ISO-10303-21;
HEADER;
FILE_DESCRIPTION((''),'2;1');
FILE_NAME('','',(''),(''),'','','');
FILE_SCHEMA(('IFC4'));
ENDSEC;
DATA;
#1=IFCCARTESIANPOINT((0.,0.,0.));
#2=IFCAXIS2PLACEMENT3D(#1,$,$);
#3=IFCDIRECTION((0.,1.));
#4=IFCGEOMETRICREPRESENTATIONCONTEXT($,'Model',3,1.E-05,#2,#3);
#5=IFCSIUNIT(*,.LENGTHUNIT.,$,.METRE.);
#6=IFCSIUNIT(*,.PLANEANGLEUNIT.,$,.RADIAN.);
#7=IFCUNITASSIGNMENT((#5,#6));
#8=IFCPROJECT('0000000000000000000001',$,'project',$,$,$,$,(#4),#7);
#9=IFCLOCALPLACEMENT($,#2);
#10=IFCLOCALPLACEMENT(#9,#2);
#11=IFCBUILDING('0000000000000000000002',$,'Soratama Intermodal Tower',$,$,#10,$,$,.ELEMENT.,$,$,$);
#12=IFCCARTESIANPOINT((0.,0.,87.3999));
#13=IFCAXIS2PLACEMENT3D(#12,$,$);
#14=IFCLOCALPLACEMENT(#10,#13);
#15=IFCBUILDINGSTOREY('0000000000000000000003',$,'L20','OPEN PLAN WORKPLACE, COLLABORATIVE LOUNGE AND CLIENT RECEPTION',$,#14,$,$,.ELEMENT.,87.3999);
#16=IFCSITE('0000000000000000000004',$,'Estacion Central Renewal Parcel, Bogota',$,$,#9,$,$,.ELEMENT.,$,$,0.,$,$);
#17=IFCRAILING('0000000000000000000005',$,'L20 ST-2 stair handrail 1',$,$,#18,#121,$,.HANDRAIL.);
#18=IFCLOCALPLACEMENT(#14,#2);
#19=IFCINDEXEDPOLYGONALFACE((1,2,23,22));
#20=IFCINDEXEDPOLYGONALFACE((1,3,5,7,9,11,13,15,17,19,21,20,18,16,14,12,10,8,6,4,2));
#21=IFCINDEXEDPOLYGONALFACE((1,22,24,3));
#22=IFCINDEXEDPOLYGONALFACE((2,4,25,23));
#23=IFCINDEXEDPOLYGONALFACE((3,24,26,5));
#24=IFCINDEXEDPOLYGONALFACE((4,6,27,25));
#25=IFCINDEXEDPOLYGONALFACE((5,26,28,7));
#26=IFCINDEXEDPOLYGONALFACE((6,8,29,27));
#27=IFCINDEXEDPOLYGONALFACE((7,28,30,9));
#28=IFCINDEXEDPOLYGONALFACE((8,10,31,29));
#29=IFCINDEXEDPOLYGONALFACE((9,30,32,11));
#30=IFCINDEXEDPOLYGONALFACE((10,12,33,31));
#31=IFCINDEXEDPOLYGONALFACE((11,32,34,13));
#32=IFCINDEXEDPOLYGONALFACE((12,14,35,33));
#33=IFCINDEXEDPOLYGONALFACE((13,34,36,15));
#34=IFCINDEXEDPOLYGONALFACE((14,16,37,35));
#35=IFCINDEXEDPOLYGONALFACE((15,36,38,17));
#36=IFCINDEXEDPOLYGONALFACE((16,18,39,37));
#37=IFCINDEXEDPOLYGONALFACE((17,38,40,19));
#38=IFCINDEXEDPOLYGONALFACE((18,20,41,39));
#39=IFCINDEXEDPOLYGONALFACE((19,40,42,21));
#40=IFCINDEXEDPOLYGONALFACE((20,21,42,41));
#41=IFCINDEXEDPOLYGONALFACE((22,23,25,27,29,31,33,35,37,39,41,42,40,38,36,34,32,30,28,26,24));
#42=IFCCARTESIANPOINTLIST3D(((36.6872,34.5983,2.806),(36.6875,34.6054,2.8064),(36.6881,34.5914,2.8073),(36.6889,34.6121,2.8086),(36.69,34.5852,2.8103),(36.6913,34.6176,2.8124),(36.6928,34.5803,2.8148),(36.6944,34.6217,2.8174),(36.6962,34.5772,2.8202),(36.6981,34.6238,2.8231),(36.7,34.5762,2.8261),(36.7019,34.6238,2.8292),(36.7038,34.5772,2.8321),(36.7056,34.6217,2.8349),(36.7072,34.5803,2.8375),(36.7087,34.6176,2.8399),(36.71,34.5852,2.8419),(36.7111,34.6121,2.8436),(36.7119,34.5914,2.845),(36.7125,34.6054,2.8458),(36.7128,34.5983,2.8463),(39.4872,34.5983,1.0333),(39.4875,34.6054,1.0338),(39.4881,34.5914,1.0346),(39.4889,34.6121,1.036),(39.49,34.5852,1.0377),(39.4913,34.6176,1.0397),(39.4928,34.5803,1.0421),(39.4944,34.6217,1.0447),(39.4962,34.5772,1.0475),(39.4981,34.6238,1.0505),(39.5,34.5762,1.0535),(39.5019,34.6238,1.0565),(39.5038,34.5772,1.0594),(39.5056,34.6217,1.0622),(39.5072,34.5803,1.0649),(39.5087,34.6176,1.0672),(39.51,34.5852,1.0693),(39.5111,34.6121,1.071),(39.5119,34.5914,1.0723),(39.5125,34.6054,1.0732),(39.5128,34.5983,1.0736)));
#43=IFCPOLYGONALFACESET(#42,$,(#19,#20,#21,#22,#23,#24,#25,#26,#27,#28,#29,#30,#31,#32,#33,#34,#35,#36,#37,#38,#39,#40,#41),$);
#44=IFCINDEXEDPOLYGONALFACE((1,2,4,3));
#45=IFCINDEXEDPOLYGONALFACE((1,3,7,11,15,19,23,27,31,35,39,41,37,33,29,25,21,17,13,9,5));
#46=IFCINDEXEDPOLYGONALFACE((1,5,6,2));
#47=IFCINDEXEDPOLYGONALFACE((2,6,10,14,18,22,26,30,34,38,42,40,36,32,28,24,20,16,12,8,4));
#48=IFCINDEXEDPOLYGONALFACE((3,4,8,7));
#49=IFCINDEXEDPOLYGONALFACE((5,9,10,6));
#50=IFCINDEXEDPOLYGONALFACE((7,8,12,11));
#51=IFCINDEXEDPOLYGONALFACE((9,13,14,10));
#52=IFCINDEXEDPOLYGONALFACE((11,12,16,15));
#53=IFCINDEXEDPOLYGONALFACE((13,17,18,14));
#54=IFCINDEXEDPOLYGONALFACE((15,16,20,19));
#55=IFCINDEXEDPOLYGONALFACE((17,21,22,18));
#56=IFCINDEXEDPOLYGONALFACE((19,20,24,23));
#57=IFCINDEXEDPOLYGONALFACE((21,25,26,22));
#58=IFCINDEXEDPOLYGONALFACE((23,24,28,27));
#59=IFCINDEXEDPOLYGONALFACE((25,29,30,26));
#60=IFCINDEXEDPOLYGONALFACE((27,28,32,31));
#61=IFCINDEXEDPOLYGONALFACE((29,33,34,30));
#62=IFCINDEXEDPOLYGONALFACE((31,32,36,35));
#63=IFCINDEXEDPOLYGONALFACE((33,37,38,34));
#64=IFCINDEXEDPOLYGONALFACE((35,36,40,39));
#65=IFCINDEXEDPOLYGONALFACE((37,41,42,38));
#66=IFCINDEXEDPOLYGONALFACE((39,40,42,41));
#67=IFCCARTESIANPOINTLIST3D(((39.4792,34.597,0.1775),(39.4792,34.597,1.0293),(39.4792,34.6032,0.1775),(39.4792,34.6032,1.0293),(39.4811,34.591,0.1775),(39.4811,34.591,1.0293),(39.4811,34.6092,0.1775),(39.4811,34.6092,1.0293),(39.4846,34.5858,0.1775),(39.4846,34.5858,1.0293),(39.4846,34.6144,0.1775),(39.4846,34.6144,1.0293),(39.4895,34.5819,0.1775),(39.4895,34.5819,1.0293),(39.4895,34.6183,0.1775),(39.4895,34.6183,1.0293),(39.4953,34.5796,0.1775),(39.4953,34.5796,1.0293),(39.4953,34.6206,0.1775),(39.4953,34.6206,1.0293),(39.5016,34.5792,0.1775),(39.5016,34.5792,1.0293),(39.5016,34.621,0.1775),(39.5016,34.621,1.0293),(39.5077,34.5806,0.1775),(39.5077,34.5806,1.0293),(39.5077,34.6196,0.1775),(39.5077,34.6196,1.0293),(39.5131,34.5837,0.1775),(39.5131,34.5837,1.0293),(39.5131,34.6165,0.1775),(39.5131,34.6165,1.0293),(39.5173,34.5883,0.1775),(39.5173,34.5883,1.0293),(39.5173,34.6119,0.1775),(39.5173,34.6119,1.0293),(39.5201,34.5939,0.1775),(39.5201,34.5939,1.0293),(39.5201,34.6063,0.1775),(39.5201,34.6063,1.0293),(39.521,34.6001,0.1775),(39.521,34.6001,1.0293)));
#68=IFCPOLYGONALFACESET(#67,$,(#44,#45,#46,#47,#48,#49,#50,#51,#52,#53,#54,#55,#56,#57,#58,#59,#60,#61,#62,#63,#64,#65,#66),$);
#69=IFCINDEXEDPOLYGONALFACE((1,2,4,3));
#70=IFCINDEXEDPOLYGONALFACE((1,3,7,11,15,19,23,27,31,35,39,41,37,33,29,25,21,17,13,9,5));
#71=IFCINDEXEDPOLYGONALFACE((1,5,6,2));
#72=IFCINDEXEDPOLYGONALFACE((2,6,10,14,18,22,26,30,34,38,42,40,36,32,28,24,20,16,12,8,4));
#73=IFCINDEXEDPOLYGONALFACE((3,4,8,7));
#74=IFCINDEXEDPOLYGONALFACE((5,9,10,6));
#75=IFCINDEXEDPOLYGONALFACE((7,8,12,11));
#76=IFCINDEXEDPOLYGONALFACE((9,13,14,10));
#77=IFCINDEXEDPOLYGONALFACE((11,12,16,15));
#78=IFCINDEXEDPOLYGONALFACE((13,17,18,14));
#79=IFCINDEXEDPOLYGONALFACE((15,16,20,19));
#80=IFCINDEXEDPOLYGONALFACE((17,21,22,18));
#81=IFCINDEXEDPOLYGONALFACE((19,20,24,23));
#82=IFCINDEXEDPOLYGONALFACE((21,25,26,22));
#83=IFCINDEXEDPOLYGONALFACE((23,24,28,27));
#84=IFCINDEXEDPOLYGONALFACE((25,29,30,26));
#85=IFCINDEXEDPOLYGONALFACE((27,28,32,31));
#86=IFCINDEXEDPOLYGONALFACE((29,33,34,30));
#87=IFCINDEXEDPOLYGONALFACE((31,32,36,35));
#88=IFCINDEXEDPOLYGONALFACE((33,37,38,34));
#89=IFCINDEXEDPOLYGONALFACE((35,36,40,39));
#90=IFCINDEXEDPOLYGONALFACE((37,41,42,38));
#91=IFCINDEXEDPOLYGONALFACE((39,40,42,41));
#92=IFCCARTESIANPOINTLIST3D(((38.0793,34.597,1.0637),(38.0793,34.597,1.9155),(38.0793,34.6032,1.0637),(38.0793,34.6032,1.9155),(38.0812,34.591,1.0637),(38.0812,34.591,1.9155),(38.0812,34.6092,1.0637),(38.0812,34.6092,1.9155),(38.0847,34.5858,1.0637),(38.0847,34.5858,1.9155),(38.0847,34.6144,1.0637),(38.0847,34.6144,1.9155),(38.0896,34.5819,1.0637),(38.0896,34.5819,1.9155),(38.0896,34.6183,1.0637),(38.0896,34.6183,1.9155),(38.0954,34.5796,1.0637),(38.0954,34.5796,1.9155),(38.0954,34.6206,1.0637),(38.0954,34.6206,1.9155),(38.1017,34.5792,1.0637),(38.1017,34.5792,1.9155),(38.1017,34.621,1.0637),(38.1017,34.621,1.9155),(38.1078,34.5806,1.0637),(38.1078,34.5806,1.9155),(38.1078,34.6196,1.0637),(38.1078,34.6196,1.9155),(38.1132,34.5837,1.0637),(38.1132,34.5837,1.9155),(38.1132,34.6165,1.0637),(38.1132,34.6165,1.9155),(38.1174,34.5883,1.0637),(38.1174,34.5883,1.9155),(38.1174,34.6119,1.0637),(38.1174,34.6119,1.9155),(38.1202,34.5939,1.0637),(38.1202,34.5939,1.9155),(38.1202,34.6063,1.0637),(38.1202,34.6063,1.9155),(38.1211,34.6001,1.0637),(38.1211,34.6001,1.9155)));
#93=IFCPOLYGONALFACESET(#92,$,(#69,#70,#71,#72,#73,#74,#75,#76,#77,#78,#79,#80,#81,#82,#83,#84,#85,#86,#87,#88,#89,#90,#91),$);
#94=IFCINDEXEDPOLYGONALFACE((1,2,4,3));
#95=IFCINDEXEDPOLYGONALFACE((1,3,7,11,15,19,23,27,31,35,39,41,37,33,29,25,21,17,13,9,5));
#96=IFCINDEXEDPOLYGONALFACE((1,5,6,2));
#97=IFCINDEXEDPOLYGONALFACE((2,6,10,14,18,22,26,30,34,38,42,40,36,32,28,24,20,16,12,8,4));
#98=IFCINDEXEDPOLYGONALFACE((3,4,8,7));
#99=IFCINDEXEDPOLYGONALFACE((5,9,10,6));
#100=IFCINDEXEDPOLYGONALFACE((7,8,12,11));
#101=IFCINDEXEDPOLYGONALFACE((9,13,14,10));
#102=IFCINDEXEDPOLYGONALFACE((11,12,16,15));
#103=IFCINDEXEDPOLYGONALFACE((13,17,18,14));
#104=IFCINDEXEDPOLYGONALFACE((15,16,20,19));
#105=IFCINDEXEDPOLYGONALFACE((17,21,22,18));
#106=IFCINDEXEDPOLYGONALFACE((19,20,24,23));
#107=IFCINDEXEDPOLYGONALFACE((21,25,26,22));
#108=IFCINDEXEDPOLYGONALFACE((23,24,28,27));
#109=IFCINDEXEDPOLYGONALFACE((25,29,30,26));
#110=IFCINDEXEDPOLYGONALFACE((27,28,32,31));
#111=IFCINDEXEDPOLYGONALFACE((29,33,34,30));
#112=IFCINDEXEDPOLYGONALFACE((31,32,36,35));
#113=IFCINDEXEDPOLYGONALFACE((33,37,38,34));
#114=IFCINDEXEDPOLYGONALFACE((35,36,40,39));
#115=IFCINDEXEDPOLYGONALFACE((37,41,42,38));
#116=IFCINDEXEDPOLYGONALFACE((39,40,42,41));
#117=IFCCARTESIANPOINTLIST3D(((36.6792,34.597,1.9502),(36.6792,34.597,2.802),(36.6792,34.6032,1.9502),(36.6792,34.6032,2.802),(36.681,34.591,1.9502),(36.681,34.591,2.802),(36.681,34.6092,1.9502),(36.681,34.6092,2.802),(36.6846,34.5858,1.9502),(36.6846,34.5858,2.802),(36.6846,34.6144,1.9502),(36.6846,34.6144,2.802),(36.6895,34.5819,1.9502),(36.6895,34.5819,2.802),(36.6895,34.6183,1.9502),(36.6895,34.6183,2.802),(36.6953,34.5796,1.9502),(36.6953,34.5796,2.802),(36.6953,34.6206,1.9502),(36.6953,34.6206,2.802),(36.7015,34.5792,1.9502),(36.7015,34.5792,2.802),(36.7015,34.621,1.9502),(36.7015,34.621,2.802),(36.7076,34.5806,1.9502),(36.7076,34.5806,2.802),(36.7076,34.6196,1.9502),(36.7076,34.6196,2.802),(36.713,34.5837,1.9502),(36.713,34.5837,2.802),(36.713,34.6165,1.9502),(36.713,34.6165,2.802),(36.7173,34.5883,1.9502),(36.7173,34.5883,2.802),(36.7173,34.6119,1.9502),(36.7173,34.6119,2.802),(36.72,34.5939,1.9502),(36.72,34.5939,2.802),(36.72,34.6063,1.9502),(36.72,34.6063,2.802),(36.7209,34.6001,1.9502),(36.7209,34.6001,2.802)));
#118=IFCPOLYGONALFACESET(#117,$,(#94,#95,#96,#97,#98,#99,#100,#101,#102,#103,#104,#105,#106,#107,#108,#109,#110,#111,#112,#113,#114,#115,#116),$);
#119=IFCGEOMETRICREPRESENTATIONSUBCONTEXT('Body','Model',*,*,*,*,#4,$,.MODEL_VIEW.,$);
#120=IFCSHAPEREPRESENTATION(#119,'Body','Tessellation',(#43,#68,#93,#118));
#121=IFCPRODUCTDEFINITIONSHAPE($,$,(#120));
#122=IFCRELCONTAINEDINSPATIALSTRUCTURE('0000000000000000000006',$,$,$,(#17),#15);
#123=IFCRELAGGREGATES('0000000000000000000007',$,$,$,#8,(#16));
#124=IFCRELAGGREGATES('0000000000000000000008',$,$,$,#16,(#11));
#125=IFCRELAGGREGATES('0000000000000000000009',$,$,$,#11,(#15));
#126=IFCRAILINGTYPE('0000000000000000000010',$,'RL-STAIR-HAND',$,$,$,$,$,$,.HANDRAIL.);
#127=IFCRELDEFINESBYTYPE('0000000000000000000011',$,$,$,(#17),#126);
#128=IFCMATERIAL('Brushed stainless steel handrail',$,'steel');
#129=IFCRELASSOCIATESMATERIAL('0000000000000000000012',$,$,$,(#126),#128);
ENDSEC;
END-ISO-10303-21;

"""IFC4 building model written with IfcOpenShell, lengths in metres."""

from ifc_helpers import new_model, si_unit, direction, frame, origin, origin_2d, place, context, subcontext, project, spatial, circle, extrude, material, type_object, element, save


model = new_model("IFC4")

# Units and contexts
model_context = context("Model", 3, precision=1e-05, world=origin(), true_north=direction((0.0, 1.0)))
body_context = subcontext(model_context, "Body", "Model", "MODEL_VIEW")
ifc_project = project(units=[si_unit("LENGTHUNIT", "METRE"), si_unit("PLANEANGLEUNIT", "RADIAN")], contexts=[model_context])

# Site, building, storey
site_placement = place(None, origin())
site = spatial("IfcSite", under=ifc_project, at=site_placement, Name="Estacion Central Renewal Parcel, Bogota", CompositionType="ELEMENT", RefElevation=0.0)
building_placement = place(site_placement, origin())
building = spatial("IfcBuilding", under=site, at=building_placement, Name="Soratama Intermodal Tower", CompositionType="ELEMENT")
storey_placement = place(building_placement, frame((0.0, 0.0, 87.3999)))
storey = spatial("IfcBuildingStorey", under=building, at=storey_placement, Name="L20", Description="OPEN PLAN WORKPLACE, COLLABORATIVE LOUNGE AND CLIENT RECEPTION", CompositionType="ELEMENT", Elevation=87.3999)

# Railing
ifc_material_1 = material(Name="Brushed stainless steel handrail", Category="steel")
railing_type_1 = type_object("IfcRailingType", Name="RL-STAIR-HAND", PredefinedType="HANDRAIL", material=ifc_material_1)
railing_1_placement = place(storey_placement, frame((39.5, 34.6001, 0.1775)))
element("IfcRailing", 1, at=railing_1_placement, inside=storey, type_object=railing_type_1, Name="L20 ST-2 stair handrail 1", PredefinedType="HANDRAIL", context=body_context, shape_type="SweptSolid", body=[
    extrude(circle(Radius=0.0239, at=origin_2d()), frame((0.0, 0.0, 0.876), z_axis=(-0.844909, 0.0, 0.53491), x_axis=(0.0, -1.0, 0.0)), (0.0, 0.0, 1.0), 3.314),
    extrude(circle(Radius=0.021, at=origin_2d()), origin(), (0.0, 0.0, 1.0), 0.8518),
    extrude(circle(Radius=0.021, at=origin_2d()), frame((-1.3999, 0.0, 0.8862)), (0.0, 0.0, 1.0), 0.8518),
    extrude(circle(Radius=0.021, at=origin_2d()), frame((-2.8, 0.0, 1.7727)), (0.0, 0.0, 1.0), 0.8518),
])

save(model, "model.ifc")
